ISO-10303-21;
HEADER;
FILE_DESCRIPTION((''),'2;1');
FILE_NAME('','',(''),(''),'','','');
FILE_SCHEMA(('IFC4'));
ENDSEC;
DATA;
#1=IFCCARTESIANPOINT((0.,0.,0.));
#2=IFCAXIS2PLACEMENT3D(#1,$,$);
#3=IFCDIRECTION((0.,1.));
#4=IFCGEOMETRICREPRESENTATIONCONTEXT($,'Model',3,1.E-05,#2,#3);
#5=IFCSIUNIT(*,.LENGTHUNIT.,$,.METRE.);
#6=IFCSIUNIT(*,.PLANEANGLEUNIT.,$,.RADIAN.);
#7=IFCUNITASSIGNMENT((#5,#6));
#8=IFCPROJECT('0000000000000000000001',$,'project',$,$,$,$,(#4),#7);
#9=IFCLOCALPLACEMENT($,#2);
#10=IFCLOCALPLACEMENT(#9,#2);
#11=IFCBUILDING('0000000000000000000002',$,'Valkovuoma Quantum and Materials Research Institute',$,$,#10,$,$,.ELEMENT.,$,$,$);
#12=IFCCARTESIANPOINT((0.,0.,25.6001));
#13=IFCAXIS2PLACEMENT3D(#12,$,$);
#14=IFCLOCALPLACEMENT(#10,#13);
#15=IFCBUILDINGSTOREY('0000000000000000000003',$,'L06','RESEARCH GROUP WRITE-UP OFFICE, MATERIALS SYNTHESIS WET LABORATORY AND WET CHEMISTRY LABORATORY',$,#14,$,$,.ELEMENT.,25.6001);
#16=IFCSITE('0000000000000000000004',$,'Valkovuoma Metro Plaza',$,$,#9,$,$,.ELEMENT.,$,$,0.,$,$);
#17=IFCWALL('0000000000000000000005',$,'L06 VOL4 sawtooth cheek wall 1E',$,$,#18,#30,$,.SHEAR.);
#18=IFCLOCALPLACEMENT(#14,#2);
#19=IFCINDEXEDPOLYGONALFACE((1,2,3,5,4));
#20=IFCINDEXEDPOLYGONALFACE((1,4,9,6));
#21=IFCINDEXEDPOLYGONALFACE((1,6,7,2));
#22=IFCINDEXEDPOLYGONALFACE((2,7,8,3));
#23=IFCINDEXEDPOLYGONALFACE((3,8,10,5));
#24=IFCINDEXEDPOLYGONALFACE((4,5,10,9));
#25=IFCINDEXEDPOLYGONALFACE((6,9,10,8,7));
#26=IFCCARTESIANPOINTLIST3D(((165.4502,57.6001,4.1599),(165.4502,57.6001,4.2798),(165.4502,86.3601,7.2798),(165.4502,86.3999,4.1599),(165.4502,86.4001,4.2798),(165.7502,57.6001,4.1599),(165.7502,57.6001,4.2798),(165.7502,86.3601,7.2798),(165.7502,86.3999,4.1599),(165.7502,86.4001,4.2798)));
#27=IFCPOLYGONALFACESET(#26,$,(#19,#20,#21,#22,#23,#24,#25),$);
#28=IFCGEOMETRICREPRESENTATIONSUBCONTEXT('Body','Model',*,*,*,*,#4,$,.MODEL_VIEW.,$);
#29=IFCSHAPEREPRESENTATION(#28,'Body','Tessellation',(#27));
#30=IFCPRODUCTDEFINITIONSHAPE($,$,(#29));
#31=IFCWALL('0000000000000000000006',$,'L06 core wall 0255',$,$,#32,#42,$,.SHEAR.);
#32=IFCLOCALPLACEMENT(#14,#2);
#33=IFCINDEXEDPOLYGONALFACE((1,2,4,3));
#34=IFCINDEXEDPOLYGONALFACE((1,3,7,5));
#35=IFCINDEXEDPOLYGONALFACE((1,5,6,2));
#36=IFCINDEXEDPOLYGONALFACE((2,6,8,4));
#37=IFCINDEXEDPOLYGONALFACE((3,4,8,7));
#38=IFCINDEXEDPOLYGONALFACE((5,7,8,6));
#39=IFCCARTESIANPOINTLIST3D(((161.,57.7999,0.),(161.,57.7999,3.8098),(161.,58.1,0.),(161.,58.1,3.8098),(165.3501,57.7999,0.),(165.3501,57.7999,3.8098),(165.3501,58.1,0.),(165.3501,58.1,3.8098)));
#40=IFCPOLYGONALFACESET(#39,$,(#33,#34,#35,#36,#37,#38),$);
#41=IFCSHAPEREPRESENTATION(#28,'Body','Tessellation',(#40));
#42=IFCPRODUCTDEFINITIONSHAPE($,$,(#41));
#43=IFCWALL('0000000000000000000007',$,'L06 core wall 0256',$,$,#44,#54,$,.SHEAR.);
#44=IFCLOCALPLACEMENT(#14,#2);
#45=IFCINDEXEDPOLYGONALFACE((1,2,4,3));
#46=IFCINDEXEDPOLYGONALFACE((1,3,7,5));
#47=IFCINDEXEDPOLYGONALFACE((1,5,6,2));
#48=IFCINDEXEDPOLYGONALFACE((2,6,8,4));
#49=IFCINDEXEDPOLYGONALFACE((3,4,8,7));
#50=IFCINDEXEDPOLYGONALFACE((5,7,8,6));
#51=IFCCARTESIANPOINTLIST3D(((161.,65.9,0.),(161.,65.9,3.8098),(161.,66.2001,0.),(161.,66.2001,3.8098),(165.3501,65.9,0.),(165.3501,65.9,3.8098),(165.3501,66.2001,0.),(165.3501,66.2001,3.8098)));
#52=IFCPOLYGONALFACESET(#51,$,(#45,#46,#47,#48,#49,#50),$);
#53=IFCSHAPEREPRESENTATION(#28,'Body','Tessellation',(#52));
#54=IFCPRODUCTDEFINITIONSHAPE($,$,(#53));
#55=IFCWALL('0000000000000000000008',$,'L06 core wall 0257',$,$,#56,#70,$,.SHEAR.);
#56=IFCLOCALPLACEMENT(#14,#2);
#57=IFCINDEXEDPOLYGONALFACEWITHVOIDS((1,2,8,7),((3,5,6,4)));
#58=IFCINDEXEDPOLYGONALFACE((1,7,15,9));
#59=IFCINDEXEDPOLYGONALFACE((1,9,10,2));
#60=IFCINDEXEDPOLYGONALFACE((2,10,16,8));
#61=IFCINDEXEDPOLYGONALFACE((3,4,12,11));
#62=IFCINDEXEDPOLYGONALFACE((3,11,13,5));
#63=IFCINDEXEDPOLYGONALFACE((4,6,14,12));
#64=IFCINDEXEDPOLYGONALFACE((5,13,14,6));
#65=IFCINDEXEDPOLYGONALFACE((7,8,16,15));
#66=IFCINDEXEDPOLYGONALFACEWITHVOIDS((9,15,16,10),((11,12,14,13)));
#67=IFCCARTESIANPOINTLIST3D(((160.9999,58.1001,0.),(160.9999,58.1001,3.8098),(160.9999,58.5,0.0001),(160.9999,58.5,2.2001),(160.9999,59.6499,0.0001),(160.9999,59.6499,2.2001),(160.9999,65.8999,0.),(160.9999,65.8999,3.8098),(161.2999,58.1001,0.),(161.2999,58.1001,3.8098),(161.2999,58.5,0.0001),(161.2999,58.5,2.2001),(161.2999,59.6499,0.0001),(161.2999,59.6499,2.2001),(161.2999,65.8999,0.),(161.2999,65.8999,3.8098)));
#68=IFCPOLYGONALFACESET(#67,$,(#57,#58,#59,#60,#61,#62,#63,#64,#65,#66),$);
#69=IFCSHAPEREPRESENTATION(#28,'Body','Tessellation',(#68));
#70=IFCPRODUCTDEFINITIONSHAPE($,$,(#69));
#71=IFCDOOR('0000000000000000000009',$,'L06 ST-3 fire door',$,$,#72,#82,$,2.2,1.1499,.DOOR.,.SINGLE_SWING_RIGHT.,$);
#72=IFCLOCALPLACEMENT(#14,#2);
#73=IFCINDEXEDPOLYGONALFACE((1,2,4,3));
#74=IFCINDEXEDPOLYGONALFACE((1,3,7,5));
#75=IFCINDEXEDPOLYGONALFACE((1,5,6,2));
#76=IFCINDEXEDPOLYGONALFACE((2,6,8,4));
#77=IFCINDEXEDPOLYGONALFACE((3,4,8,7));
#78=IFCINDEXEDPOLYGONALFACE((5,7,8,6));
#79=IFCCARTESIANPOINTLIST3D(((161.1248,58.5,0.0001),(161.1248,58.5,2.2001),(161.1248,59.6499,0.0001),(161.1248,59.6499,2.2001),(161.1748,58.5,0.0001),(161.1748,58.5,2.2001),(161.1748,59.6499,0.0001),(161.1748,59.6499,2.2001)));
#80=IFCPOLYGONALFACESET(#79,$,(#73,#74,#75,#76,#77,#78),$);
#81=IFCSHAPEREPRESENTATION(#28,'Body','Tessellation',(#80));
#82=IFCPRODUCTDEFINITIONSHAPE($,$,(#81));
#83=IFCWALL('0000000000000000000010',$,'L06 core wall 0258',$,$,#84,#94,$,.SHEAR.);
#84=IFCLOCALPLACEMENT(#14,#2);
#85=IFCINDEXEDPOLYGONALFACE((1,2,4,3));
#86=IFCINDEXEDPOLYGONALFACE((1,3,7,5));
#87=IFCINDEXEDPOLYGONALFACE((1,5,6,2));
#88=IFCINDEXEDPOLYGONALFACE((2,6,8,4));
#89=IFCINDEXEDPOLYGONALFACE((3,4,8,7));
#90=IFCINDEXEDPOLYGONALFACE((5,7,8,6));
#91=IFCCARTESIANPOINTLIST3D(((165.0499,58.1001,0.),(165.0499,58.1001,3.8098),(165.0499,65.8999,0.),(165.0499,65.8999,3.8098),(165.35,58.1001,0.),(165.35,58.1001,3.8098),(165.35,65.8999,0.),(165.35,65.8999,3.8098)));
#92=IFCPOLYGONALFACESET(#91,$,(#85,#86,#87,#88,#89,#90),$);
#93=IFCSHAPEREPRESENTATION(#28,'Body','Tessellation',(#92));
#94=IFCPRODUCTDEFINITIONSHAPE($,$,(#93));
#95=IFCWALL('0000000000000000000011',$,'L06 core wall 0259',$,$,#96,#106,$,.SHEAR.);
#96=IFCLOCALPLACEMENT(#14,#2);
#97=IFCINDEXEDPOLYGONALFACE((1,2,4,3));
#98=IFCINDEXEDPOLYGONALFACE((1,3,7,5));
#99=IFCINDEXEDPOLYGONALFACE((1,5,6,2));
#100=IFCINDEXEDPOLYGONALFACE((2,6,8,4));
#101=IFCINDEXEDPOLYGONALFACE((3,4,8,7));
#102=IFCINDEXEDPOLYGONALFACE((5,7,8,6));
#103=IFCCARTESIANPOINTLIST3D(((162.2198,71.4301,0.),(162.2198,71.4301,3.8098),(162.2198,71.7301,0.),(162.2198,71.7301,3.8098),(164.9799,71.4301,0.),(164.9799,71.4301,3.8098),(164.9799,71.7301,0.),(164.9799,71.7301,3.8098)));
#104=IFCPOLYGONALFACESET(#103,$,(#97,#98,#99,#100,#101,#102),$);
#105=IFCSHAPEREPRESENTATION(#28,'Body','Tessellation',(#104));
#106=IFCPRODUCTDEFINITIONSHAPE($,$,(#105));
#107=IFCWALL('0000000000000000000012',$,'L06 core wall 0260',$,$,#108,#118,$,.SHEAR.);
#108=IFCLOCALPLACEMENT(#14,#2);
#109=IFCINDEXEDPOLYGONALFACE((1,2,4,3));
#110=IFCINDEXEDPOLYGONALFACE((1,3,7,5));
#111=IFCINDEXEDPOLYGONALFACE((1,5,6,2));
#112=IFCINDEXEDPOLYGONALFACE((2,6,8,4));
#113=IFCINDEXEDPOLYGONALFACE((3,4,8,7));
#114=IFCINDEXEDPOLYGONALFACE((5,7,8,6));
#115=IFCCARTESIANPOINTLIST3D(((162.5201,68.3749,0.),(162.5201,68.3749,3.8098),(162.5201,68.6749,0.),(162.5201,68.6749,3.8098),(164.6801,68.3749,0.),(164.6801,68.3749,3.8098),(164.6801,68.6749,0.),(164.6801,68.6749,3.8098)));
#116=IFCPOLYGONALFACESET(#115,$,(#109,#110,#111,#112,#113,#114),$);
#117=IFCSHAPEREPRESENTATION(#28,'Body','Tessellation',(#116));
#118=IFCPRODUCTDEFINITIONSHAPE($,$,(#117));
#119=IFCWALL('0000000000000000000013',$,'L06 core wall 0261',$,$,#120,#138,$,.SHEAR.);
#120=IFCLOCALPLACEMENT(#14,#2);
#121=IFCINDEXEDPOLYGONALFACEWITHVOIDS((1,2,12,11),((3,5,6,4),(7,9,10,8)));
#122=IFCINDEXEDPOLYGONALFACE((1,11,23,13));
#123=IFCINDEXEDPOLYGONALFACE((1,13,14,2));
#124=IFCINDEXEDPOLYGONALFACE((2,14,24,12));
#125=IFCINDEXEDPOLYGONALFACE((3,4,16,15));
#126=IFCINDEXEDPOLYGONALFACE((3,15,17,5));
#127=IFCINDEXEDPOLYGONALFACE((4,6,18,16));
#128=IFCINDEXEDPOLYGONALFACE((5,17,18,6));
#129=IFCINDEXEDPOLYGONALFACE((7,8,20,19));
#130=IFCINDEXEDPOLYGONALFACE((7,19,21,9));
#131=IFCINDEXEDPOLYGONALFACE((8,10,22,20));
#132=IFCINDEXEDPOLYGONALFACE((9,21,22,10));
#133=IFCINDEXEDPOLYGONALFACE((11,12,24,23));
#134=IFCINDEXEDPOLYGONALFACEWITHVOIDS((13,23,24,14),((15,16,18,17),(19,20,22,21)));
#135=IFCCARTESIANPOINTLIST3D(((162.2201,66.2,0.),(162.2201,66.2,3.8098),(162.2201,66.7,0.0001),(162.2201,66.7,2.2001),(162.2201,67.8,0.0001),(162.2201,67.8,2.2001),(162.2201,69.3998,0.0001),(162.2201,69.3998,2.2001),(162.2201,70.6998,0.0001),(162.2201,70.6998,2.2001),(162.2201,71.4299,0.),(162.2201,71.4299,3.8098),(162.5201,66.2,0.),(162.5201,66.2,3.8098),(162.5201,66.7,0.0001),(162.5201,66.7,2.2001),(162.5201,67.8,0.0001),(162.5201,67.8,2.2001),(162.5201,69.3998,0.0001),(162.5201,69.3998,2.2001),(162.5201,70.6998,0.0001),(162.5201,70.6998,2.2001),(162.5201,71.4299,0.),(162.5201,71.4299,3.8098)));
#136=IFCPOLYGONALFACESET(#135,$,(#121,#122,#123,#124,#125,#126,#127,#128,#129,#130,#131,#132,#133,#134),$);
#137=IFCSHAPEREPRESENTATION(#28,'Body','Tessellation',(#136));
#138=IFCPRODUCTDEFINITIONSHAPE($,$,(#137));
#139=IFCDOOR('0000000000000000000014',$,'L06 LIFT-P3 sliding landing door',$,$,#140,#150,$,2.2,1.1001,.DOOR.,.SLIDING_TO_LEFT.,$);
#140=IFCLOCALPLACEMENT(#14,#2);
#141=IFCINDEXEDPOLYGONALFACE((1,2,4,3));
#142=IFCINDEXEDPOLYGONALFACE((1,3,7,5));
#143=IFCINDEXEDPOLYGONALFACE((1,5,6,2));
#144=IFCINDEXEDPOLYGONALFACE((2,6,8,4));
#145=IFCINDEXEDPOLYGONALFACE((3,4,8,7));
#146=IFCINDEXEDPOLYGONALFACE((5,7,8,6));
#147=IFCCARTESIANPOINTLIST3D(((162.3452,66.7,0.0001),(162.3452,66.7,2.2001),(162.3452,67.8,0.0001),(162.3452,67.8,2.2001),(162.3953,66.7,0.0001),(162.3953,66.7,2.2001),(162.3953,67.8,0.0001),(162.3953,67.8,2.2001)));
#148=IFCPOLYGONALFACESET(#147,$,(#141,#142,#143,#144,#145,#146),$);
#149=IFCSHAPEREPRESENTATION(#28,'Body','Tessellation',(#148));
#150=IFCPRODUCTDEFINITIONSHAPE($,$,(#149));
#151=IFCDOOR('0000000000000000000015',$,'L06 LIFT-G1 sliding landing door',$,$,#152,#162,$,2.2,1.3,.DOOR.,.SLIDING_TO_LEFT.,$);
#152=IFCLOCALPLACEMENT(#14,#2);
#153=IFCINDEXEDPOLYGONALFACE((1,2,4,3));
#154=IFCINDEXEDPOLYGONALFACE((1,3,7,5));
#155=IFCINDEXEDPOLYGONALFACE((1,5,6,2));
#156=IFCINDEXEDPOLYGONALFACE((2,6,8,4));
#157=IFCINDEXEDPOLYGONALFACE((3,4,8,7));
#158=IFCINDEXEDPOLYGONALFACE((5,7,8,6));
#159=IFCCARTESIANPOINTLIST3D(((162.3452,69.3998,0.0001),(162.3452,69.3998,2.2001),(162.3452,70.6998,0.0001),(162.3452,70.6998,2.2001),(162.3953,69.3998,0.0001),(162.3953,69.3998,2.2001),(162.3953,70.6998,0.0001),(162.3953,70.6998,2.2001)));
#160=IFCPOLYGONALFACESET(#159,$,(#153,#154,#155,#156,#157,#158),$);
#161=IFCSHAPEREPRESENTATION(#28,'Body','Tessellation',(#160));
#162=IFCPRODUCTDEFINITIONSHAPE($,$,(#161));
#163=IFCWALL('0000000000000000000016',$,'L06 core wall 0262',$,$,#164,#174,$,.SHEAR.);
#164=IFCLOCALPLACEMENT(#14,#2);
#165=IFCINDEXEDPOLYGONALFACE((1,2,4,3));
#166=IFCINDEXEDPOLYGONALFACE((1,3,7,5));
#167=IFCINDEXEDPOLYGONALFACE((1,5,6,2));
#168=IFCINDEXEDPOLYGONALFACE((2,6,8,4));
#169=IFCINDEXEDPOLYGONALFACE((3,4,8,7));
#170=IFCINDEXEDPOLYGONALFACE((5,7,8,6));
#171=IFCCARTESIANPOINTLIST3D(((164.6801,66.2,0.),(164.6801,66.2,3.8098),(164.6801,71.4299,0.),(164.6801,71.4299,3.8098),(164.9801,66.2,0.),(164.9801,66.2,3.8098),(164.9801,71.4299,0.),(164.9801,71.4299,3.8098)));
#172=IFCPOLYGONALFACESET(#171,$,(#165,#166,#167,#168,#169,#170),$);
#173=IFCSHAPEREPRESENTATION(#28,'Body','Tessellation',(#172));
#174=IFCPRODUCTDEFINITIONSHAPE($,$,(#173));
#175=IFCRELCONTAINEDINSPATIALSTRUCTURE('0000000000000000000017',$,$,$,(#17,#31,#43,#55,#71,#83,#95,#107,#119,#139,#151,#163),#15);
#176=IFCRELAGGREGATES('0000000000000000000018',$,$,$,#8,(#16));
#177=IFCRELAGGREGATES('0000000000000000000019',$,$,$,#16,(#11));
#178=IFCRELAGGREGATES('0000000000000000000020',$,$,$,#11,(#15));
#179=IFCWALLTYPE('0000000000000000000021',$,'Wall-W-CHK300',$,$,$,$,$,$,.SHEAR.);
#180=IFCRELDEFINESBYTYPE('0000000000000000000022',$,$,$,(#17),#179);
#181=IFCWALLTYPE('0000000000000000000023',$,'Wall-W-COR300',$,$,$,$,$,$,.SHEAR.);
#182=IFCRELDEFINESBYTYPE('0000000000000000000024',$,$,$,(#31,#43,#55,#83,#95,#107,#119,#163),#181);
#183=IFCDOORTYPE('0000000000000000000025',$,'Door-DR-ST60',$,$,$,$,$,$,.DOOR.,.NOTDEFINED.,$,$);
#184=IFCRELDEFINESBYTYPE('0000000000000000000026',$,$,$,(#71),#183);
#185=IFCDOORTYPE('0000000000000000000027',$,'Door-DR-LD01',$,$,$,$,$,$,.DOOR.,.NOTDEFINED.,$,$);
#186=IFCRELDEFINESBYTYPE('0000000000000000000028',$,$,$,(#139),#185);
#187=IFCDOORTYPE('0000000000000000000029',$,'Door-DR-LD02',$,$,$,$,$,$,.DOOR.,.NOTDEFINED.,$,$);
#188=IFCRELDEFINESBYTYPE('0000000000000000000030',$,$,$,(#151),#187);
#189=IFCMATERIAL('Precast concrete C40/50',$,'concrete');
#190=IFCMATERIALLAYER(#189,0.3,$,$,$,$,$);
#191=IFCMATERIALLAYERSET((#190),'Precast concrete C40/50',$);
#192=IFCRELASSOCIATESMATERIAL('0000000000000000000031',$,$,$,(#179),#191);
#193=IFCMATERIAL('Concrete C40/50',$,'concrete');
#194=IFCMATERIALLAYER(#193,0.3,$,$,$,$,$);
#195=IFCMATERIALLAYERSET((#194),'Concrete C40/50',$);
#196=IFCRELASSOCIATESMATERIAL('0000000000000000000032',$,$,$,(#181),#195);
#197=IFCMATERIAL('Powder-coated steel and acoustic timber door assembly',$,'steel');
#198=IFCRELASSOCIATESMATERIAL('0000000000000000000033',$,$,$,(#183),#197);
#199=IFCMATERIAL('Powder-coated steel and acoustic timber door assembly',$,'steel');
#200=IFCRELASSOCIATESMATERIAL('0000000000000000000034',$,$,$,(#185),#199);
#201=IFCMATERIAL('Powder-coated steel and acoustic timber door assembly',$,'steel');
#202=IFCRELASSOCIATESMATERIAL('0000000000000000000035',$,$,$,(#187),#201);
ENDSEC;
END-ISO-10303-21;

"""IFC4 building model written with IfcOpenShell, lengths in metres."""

from ifc_helpers import new_model, si_unit, direction, frame, frame_2d, origin, place, context, subcontext, project, spatial, polyline, rectangle, outline, extrude, material, layer, layer_set, type_object, element, fill, save


model = new_model("IFC4")

# Units and contexts
model_context = context("Model", 3, precision=1e-05, world=origin(), true_north=direction((0.0, 1.0)))
body_context = subcontext(model_context, "Body", "Model", "MODEL_VIEW")
ifc_project = project(units=[si_unit("LENGTHUNIT", "METRE"), si_unit("PLANEANGLEUNIT", "RADIAN")], contexts=[model_context])

# Site, building, storey
site_placement = place(None, origin())
site = spatial("IfcSite", under=ifc_project, at=site_placement, Name="Valkovuoma Metro Plaza", CompositionType="ELEMENT", RefElevation=0.0)
building_placement = place(site_placement, origin())
building = spatial("IfcBuilding", under=site, at=building_placement, Name="Valkovuoma Quantum and Materials Research Institute", CompositionType="ELEMENT")
storey_placement = place(building_placement, frame((0.0, 0.0, 25.6001)))
storey = spatial("IfcBuildingStorey", under=building, at=storey_placement, Name="L06", Description="RESEARCH GROUP WRITE-UP OFFICE, MATERIALS SYNTHESIS WET LABORATORY AND WET CHEMISTRY LABORATORY", CompositionType="ELEMENT", Elevation=25.6001)

# Walls
ifc_material_1 = material(Name="Precast concrete C40/50", Category="concrete")
ifc_layer_1 = layer(ifc_material_1, 0.3)
ifc_layer_set_1 = layer_set([ifc_layer_1], Name="Precast concrete C40/50")
wall_type_1 = type_object("IfcWallType", Name="Wall-W-CHK300", PredefinedType="SHEAR", material=ifc_layer_set_1)
wall_1_placement = place(storey_placement, frame((165.6001, 57.6001, 4.1599), z_axis=(0.0, 0.0, 1.0), x_axis=(0.0, 1.0, 0.0)))
element("IfcWall", 1, at=wall_1_placement, inside=storey, type_object=wall_type_1, Name="L06 VOL4 sawtooth cheek wall 1E", PredefinedType="SHEAR", context=body_context, shape_type="SweptSolid", body=[
    extrude(outline(polyline([(0.0, 0.0), (28.7998, 0.0), (28.8, 0.1199), (28.76, 3.1199), (0.0, 0.1199), (0.0, 0.0)])), frame((0.0, 0.1499, 0.0), z_axis=(0.0, -1.0, 0.0), x_axis=(1.0, 0.0, 0.0)), (0.0, 0.0, 1.0), 0.3),
])
ifc_material_2 = material(Name="Concrete C40/50", Category="concrete")
ifc_layer_2 = layer(ifc_material_2, 0.3)
ifc_layer_set_2 = layer_set([ifc_layer_2], Name="Concrete C40/50")
wall_type_2 = type_object("IfcWallType", Name="Wall-W-COR300", PredefinedType="SHEAR", material=ifc_layer_set_2)
for number, where, z_axis, x_axis, name in (
    (2, (161.0, 57.95, 0.0), (0.0, 0.0, 1.0), (1.0, 0.0, 0.0), "L06 core wall 0255"),
    (3, (161.0, 66.05, 0.0), (0.0, 0.0, 1.0), (1.0, 0.0, 0.0), "L06 core wall 0256"),
):
    element("IfcWall", number, at=place(storey_placement, frame(where, z_axis=z_axis, x_axis=x_axis)), inside=storey, type_object=wall_type_2, Name=name, PredefinedType="SHEAR", context=body_context, shape_type="SweptSolid", body=[
        extrude(rectangle(XDim=4.3501, YDim=0.3, at=frame_2d((2.175, 0.0))), origin(), (0.0, 0.0, 1.0), 3.8098),
    ])

# Wall, opening, door
wall_2_placement = place(storey_placement, frame((161.1499, 58.1001, 0.0), z_axis=(0.0, 0.0, 1.0), x_axis=(0.0, 1.0, 0.0)))
wall_2 = element("IfcWall", 4, at=wall_2_placement, inside=storey, type_object=wall_type_2, Name="L06 core wall 0257", PredefinedType="SHEAR", context=body_context, shape_type="SweptSolid", body=[
    extrude(rectangle(XDim=7.7998, YDim=0.3, at=frame_2d((3.8999, 0.0))), origin(), (0.0, 0.0, 1.0), 3.8098),
])
opening_1_placement = place(wall_2_placement, frame((0.3999, 0.0, 0.0)))
opening_1 = element("IfcOpeningElement", 5, at=opening_1_placement, cuts=wall_2, PredefinedType="OPENING", context=body_context, shape_type="SweptSolid", body=[
    extrude(rectangle(XDim=1.1499, YDim=2.2, at=frame_2d((0.575, 1.1001))), frame((0.0, 0.1602, 0.0), z_axis=(0.0, -1.0, 0.0), x_axis=(1.0, 0.0, 0.0)), (0.0, 0.0, 1.0), 0.3201),
])
ifc_material_3 = material(Name="Powder-coated steel and acoustic timber door assembly", Category="steel")
door_type_1 = type_object("IfcDoorType", Name="Door-DR-ST60", OperationType="NOTDEFINED", PredefinedType="DOOR", material=ifc_material_3)
door_1_placement = place(opening_1_placement, frame((1.1499, 0.0, 0.0), z_axis=(0.0, 0.0, 1.0), x_axis=(-1.0, 0.0, 0.0)))
door_1 = element("IfcDoor", 6, at=door_1_placement, inside=storey, type_object=door_type_1, Name="L06 ST-3 fire door", OperationType="SINGLE_SWING_RIGHT", OverallHeight=2.2, OverallWidth=1.1499, PredefinedType="DOOR", context=body_context, shape_type="SweptSolid", body=[
    extrude(rectangle(XDim=1.1499, YDim=2.2, at=frame_2d((0.575, 1.1001))), frame((0.0, 0.0249, 0.0), z_axis=(0.0, -1.0, 0.0), x_axis=(1.0, 0.0, 0.0)), (0.0, 0.0, 1.0), 0.05),
])
fill(opening_1, door_1)

# Walls
wall_3_placement = place(storey_placement, frame((165.2, 58.1001, 0.0), z_axis=(0.0, 0.0, 1.0), x_axis=(0.0, 1.0, 0.0)))
element("IfcWall", 7, at=wall_3_placement, inside=storey, type_object=wall_type_2, Name="L06 core wall 0258", PredefinedType="SHEAR", context=body_context, shape_type="SweptSolid", body=[
    extrude(rectangle(XDim=7.7998, YDim=0.3, at=frame_2d((3.8999, 0.0))), origin(), (0.0, 0.0, 1.0), 3.8098),
])
wall_4_placement = place(storey_placement, frame((162.22, 71.5801, 0.0), z_axis=(0.0, 0.0, 1.0), x_axis=(1.0, 0.0, 0.0)))
element("IfcWall", 8, at=wall_4_placement, inside=storey, type_object=wall_type_2, Name="L06 core wall 0259", PredefinedType="SHEAR", context=body_context, shape_type="SweptSolid", body=[
    extrude(rectangle(XDim=2.76, YDim=0.3, at=frame_2d((1.3799, 0.0))), origin(), (0.0, 0.0, 1.0), 3.8098),
])
wall_5_placement = place(storey_placement, frame((162.52, 68.5249, 0.0), z_axis=(0.0, 0.0, 1.0), x_axis=(1.0, 0.0, 0.0)))
element("IfcWall", 9, at=wall_5_placement, inside=storey, type_object=wall_type_2, Name="L06 core wall 0260", PredefinedType="SHEAR", context=body_context, shape_type="SweptSolid", body=[
    extrude(rectangle(XDim=2.1599, YDim=0.3, at=frame_2d((1.0801, 0.0))), origin(), (0.0, 0.0, 1.0), 3.8098),
])

# Wall, openings, doors
wall_6_placement = place(storey_placement, frame((162.3701, 66.2, 0.0), z_axis=(0.0, 0.0, 1.0), x_axis=(0.0, 1.0, 0.0)))
wall_6 = element("IfcWall", 10, at=wall_6_placement, inside=storey, type_object=wall_type_2, Name="L06 core wall 0261", PredefinedType="SHEAR", context=body_context, shape_type="SweptSolid", body=[
    extrude(rectangle(XDim=5.23, YDim=0.3, at=frame_2d((2.615, 0.0))), origin(), (0.0, 0.0, 1.0), 3.8098),
])
opening_2_placement = place(wall_6_placement, frame((0.5, 0.0, 0.0)))
opening_2 = element("IfcOpeningElement", 11, at=opening_2_placement, cuts=wall_6, PredefinedType="OPENING", context=body_context, shape_type="SweptSolid", body=[
    extrude(rectangle(XDim=1.1001, YDim=2.2, at=frame_2d((0.55, 1.1001))), frame((0.0, 0.1602, 0.0), z_axis=(0.0, -1.0, 0.0), x_axis=(1.0, 0.0, 0.0)), (0.0, 0.0, 1.0), 0.3201),
])
opening_3_placement = place(wall_6_placement, frame((3.2, 0.0, 0.0)))
opening_3 = element("IfcOpeningElement", 12, at=opening_3_placement, cuts=wall_6, PredefinedType="OPENING", context=body_context, shape_type="SweptSolid", body=[
    extrude(rectangle(XDim=1.3, YDim=2.2, at=frame_2d((0.6499, 1.1001))), frame((0.0, 0.1602, 0.0), z_axis=(0.0, -1.0, 0.0), x_axis=(1.0, 0.0, 0.0)), (0.0, 0.0, 1.0), 0.3201),
])
ifc_material_4 = material(Name="Powder-coated steel and acoustic timber door assembly", Category="steel")
door_type_2 = type_object("IfcDoorType", Name="Door-DR-LD01", OperationType="NOTDEFINED", PredefinedType="DOOR", material=ifc_material_4)
door_2_placement = place(opening_2_placement, origin())
door_2 = element("IfcDoor", 13, at=door_2_placement, inside=storey, type_object=door_type_2, Name="L06 LIFT-P3 sliding landing door", OperationType="SLIDING_TO_LEFT", OverallHeight=2.2, OverallWidth=1.1001, PredefinedType="DOOR", context=body_context, shape_type="SweptSolid", body=[
    extrude(rectangle(XDim=1.1001, YDim=2.2, at=frame_2d((0.55, 1.1001))), frame((0.0, 0.0249, 0.0), z_axis=(0.0, -1.0, 0.0), x_axis=(1.0, 0.0, 0.0)), (0.0, 0.0, 1.0), 0.05),
])
fill(opening_2, door_2)
ifc_material_5 = material(Name="Powder-coated steel and acoustic timber door assembly", Category="steel")
door_type_3 = type_object("IfcDoorType", Name="Door-DR-LD02", OperationType="NOTDEFINED", PredefinedType="DOOR", material=ifc_material_5)
door_3_placement = place(opening_3_placement, origin())
door_3 = element("IfcDoor", 14, at=door_3_placement, inside=storey, type_object=door_type_3, Name="L06 LIFT-G1 sliding landing door", OperationType="SLIDING_TO_LEFT", OverallHeight=2.2, OverallWidth=1.3, PredefinedType="DOOR", context=body_context, shape_type="SweptSolid", body=[
    extrude(rectangle(XDim=1.3, YDim=2.2, at=frame_2d((0.6499, 1.1001))), frame((0.0, 0.0249, 0.0), z_axis=(0.0, -1.0, 0.0), x_axis=(1.0, 0.0, 0.0)), (0.0, 0.0, 1.0), 0.05),
])
fill(opening_3, door_3)

# Wall
wall_7_placement = place(storey_placement, frame((164.8301, 66.2, 0.0), z_axis=(0.0, 0.0, 1.0), x_axis=(0.0, 1.0, 0.0)))
element("IfcWall", 15, at=wall_7_placement, inside=storey, type_object=wall_type_2, Name="L06 core wall 0262", PredefinedType="SHEAR", context=body_context, shape_type="SweptSolid", body=[
    extrude(rectangle(XDim=5.23, YDim=0.3, at=frame_2d((2.615, 0.0))), origin(), (0.0, 0.0, 1.0), 3.8098),
])

save(model, "model.ifc")
